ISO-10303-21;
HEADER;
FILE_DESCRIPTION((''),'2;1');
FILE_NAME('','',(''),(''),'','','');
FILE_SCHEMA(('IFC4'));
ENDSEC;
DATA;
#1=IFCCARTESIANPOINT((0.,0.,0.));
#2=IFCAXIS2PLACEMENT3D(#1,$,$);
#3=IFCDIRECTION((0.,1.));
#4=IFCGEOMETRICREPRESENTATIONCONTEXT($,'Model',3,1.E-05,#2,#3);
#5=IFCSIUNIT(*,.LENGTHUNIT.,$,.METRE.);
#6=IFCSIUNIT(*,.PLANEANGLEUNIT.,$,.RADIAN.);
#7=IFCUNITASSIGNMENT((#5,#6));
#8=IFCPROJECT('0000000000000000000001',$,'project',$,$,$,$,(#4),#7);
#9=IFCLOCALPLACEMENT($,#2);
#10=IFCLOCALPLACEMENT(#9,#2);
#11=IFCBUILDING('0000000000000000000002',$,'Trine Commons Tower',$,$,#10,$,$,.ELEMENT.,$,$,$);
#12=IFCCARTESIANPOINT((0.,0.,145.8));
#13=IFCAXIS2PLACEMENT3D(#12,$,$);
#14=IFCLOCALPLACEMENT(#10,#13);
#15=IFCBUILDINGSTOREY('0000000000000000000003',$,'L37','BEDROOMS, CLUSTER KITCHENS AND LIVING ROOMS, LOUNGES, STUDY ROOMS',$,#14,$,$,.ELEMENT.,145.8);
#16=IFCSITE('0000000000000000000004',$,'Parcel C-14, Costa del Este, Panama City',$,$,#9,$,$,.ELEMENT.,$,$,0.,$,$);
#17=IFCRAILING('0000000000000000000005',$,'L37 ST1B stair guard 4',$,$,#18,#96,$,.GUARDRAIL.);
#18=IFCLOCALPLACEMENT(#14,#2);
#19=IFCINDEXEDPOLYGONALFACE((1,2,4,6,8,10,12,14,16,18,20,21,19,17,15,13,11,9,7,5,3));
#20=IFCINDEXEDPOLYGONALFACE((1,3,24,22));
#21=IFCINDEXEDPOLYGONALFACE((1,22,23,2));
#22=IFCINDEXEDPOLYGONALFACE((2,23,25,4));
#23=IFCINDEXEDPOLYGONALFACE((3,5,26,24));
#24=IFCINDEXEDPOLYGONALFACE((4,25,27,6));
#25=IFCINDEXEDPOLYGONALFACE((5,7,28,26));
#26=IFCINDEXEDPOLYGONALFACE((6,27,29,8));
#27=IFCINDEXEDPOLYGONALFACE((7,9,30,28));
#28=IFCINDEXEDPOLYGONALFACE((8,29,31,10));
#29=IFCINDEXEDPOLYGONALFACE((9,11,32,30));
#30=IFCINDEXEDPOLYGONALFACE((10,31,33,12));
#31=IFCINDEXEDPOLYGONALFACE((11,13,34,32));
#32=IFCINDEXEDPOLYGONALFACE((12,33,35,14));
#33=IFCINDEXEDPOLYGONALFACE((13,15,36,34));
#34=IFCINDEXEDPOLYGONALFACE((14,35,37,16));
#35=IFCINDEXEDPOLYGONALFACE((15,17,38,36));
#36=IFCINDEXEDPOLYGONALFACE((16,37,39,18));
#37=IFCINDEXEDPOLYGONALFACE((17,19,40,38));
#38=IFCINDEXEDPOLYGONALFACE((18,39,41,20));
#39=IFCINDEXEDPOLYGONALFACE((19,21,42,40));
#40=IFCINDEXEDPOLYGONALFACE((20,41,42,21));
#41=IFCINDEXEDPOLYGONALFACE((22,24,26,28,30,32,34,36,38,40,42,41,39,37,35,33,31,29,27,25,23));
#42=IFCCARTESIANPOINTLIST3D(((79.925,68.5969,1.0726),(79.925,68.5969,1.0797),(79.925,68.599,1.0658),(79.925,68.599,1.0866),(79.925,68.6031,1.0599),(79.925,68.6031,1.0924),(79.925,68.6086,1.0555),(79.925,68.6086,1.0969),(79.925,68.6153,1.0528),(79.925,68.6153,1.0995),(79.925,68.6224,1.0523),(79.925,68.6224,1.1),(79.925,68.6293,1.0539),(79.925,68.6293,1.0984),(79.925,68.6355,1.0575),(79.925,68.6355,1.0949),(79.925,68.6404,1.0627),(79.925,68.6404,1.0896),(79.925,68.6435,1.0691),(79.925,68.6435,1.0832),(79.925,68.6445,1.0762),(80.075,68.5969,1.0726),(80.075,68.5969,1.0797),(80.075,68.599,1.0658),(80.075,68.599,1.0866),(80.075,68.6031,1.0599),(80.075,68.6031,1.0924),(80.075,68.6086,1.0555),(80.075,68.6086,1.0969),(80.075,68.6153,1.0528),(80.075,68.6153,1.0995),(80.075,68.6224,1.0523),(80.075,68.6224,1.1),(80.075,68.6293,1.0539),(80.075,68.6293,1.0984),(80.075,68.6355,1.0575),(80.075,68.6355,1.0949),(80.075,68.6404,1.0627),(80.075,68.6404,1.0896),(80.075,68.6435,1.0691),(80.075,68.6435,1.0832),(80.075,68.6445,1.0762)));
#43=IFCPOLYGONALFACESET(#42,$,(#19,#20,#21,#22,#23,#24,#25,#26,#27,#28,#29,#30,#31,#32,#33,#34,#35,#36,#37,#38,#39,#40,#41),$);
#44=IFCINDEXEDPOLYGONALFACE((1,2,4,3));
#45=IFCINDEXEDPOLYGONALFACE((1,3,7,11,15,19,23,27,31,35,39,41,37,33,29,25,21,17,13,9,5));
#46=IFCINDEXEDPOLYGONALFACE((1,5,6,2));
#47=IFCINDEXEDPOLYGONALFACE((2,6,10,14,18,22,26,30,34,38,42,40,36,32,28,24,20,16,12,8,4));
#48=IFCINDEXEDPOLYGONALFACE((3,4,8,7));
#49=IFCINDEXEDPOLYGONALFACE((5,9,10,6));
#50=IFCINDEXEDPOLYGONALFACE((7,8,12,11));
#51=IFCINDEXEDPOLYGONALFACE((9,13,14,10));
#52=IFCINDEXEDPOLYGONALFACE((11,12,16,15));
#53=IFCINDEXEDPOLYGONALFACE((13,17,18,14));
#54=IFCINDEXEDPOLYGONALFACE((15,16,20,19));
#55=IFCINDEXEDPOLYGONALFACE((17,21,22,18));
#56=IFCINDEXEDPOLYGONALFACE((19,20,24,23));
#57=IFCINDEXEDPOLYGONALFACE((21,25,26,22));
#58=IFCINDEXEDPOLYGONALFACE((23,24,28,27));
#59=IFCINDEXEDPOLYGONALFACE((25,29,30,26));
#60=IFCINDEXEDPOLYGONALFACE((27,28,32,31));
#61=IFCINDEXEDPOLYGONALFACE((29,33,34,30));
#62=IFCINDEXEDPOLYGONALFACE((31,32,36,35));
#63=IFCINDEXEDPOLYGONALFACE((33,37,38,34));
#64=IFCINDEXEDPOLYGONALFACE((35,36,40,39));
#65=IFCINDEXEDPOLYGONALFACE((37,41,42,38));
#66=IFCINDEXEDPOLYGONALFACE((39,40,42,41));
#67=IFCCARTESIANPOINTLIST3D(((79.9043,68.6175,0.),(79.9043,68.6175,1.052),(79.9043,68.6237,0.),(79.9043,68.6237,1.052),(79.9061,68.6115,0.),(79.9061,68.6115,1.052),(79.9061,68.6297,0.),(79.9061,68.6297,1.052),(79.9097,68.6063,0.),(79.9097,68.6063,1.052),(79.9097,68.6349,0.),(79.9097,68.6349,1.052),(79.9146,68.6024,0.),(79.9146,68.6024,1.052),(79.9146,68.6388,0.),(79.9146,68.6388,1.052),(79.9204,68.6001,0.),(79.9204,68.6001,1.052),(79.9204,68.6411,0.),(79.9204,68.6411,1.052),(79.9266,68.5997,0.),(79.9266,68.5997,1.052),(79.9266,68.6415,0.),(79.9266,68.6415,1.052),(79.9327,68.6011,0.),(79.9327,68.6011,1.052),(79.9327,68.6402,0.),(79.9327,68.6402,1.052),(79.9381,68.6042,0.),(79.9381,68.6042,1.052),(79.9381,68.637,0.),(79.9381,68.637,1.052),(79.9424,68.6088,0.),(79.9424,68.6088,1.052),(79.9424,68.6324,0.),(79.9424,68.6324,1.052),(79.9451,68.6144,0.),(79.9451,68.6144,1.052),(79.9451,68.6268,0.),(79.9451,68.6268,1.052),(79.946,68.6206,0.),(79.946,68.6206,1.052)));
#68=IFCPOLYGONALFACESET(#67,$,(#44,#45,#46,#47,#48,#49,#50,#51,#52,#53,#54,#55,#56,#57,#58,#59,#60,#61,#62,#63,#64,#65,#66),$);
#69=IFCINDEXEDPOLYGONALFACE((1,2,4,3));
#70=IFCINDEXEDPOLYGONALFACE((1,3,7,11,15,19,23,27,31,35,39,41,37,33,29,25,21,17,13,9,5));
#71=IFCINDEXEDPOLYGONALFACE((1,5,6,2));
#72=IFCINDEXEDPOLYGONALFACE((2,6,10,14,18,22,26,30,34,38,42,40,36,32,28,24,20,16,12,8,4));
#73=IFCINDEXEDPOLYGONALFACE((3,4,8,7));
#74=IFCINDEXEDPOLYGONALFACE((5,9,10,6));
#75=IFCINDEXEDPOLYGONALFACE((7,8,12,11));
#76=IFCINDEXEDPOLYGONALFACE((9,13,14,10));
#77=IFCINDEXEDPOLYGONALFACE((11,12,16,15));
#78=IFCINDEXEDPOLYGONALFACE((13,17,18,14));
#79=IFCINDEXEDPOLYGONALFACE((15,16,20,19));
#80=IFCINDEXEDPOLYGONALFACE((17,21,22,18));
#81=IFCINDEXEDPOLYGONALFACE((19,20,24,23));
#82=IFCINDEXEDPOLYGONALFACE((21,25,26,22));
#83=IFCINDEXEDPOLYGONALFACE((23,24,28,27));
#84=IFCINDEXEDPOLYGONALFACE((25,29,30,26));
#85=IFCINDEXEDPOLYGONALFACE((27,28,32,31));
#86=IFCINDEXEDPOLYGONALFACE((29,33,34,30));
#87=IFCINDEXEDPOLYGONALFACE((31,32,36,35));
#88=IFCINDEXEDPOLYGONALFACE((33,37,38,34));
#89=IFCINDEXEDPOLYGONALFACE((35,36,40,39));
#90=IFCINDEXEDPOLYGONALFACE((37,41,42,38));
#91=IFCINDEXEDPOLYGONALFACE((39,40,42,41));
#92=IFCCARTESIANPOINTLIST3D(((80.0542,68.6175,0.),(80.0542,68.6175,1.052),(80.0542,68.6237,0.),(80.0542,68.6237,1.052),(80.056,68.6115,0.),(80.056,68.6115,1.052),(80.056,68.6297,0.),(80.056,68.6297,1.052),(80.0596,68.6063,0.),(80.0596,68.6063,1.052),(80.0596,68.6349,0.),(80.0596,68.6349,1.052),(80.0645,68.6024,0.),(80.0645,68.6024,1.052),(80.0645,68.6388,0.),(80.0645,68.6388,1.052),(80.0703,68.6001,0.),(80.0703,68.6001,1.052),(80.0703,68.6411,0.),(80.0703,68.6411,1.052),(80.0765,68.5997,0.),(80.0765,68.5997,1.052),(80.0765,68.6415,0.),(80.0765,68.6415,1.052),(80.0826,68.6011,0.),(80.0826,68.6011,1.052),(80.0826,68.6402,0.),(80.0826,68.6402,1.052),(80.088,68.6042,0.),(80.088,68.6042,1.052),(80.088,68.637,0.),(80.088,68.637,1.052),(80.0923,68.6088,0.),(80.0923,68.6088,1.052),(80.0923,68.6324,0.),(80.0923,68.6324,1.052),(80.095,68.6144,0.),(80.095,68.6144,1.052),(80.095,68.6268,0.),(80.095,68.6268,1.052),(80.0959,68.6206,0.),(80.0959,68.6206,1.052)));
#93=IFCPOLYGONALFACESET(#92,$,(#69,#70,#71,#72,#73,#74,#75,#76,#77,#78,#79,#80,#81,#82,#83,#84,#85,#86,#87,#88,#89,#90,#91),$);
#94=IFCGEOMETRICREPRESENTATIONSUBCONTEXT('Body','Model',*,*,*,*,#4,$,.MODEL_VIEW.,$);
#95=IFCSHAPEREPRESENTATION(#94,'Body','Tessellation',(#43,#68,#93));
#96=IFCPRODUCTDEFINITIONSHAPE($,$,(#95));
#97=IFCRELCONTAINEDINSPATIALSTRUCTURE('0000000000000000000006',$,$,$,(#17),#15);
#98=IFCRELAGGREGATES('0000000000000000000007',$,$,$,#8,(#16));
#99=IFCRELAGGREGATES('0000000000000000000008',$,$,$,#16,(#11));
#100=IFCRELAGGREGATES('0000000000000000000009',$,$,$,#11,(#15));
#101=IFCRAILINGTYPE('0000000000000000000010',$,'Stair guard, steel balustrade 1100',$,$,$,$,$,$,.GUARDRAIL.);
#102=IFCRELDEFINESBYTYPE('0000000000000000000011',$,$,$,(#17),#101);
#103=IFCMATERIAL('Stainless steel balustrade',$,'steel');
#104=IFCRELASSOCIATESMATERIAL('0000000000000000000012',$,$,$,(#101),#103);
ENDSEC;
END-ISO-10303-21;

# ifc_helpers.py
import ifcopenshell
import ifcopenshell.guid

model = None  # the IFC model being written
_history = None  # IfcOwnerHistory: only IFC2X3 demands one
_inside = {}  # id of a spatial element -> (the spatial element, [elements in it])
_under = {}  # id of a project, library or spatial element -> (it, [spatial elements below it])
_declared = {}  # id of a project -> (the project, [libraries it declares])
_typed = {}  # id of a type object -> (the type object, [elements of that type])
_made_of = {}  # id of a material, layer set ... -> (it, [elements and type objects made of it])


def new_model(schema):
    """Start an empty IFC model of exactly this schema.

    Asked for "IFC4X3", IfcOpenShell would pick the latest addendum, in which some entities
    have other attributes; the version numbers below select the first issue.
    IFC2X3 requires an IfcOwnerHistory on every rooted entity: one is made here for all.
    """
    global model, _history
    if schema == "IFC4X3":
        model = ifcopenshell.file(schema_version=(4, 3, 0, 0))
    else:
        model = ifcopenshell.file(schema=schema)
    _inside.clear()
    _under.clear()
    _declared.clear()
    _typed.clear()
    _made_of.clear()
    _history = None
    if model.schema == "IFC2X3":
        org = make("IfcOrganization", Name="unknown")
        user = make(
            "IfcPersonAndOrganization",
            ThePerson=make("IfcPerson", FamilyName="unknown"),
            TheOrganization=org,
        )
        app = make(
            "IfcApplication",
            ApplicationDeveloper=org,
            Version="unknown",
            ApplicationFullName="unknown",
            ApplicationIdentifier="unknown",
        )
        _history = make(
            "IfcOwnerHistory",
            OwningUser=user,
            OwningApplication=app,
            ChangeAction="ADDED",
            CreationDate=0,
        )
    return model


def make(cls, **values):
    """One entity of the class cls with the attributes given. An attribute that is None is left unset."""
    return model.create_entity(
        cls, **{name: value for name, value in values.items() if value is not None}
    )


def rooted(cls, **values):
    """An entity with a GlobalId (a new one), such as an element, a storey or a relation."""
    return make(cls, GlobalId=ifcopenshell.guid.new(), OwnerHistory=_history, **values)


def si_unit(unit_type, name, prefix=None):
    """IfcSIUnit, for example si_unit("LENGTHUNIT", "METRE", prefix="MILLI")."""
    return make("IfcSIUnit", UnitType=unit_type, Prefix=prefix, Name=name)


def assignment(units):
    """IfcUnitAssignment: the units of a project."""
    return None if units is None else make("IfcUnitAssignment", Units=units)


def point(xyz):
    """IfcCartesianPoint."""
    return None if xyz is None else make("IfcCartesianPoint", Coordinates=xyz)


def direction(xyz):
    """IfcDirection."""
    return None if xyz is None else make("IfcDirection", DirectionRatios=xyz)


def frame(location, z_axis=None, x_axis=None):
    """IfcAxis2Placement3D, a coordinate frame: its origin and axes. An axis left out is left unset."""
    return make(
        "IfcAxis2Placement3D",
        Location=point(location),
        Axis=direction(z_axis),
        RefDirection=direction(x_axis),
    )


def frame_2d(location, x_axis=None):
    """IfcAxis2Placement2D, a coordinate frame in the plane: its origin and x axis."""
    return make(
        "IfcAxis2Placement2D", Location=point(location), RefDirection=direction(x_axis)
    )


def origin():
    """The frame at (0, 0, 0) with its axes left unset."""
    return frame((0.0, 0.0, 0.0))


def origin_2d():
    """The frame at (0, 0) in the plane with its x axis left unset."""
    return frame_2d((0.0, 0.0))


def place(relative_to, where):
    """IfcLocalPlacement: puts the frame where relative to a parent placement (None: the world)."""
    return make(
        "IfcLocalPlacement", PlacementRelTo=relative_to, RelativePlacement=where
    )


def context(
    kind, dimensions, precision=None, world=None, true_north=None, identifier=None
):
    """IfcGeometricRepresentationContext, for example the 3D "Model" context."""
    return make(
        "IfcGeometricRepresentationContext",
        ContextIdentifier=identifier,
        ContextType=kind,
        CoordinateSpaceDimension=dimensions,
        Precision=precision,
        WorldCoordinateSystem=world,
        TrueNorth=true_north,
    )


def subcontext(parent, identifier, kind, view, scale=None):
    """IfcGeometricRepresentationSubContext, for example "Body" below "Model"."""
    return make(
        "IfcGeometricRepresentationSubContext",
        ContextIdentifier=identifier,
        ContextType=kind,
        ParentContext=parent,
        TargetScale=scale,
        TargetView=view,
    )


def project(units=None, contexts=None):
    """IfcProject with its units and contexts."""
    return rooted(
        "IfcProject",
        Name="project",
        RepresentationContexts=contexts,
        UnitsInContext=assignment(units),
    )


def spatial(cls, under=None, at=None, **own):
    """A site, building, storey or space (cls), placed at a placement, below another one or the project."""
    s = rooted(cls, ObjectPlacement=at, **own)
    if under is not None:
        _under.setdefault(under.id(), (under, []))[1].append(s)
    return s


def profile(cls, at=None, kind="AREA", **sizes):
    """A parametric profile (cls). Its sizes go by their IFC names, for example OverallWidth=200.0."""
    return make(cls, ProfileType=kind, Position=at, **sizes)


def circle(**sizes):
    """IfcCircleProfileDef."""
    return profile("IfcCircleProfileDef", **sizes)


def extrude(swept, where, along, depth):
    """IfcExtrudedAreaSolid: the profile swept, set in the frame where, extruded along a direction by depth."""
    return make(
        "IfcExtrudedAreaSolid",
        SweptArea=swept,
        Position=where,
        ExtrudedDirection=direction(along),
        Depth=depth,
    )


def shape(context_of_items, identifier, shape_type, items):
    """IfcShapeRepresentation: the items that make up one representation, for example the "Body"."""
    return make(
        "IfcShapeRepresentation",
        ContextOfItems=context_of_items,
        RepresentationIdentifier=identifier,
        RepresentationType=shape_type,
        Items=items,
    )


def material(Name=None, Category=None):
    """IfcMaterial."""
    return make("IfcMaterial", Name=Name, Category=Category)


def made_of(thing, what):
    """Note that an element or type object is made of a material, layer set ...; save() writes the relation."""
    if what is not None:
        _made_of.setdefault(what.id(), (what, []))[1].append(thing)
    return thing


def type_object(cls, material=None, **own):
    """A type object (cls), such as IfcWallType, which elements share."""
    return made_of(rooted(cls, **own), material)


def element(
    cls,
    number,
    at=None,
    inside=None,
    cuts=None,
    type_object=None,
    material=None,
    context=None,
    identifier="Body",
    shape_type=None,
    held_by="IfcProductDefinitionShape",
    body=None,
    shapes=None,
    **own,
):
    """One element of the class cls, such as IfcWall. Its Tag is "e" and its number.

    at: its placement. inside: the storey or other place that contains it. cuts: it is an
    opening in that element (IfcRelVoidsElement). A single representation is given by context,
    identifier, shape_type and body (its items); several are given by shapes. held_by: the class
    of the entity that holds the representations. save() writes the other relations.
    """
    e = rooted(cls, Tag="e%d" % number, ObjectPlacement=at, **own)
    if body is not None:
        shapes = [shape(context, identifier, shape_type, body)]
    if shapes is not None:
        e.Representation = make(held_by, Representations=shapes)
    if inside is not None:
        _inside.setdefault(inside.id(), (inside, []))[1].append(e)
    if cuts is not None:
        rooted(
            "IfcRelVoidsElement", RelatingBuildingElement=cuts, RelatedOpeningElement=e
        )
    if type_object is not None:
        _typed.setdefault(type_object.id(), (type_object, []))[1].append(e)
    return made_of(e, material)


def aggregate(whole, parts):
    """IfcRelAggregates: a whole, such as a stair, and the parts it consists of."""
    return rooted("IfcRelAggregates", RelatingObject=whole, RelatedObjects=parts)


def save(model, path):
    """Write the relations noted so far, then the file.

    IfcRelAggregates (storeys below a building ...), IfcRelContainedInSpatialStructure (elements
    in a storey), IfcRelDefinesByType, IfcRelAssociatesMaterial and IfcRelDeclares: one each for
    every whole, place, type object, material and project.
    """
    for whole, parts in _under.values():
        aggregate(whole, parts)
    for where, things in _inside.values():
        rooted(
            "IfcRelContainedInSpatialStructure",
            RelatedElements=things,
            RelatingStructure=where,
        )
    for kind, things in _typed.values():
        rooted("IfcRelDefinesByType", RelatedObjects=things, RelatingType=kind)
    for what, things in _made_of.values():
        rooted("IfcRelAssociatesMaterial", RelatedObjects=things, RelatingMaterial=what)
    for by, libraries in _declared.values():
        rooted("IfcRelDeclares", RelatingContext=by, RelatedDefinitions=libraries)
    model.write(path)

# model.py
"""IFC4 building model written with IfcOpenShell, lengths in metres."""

from ifc_helpers import new_model, si_unit, direction, frame, origin, origin_2d, place, context, subcontext, project, spatial, circle, extrude, material, type_object, element, save


model = new_model("IFC4")

# Units and contexts
model_context = context("Model", 3, precision=1e-05, world=origin(), true_north=direction((0.0, 1.0)))
body_context = subcontext(model_context, "Body", "Model", "MODEL_VIEW")
ifc_project = project(units=[si_unit("LENGTHUNIT", "METRE"), si_unit("PLANEANGLEUNIT", "RADIAN")], contexts=[model_context])

# Site, building, storey
site_placement = place(None, origin())
site = spatial("IfcSite", under=ifc_project, at=site_placement, Name="Parcel C-14, Costa del Este, Panama City", CompositionType="ELEMENT", RefElevation=0.0)
building_placement = place(site_placement, origin())
building = spatial("IfcBuilding", under=site, at=building_placement, Name="Trine Commons Tower", CompositionType="ELEMENT")
storey_placement = place(building_placement, frame((0.0, 0.0, 145.8)))
storey = spatial("IfcBuildingStorey", under=building, at=storey_placement, Name="L37", Description="BEDROOMS, CLUSTER KITCHENS AND LIVING ROOMS, LOUNGES, STUDY ROOMS", CompositionType="ELEMENT", Elevation=145.8)

# Railing
ifc_material_1 = material(Name="Stainless steel balustrade", Category="steel")
railing_type_1 = type_object("IfcRailingType", Name="Stair guard, steel balustrade 1100", PredefinedType="GUARDRAIL", material=ifc_material_1)
railing_1_placement = place(storey_placement, frame((79.925, 68.6206, 0.0)))
element("IfcRailing", 1, at=railing_1_placement, inside=storey, type_object=railing_type_1, Name="L37 ST1B stair guard 4", PredefinedType="GUARDRAIL", context=body_context, shape_type="SweptSolid", body=[
    extrude(circle(Radius=0.0239, at=origin_2d()), frame((0.0, 0.0, 1.0762), z_axis=(1.0, 0.0, 0.0), x_axis=(0.0, 1.0, 0.0)), (0.0, 0.0, 1.0), 0.1499),
    extrude(circle(Radius=0.021, at=origin_2d()), origin(), (0.0, 0.0, 1.0), 1.052),
    extrude(circle(Radius=0.021, at=origin_2d()), frame((0.1499, 0.0, 0.0)), (0.0, 0.0, 1.0), 1.052),
])

save(model, "model.ifc")
